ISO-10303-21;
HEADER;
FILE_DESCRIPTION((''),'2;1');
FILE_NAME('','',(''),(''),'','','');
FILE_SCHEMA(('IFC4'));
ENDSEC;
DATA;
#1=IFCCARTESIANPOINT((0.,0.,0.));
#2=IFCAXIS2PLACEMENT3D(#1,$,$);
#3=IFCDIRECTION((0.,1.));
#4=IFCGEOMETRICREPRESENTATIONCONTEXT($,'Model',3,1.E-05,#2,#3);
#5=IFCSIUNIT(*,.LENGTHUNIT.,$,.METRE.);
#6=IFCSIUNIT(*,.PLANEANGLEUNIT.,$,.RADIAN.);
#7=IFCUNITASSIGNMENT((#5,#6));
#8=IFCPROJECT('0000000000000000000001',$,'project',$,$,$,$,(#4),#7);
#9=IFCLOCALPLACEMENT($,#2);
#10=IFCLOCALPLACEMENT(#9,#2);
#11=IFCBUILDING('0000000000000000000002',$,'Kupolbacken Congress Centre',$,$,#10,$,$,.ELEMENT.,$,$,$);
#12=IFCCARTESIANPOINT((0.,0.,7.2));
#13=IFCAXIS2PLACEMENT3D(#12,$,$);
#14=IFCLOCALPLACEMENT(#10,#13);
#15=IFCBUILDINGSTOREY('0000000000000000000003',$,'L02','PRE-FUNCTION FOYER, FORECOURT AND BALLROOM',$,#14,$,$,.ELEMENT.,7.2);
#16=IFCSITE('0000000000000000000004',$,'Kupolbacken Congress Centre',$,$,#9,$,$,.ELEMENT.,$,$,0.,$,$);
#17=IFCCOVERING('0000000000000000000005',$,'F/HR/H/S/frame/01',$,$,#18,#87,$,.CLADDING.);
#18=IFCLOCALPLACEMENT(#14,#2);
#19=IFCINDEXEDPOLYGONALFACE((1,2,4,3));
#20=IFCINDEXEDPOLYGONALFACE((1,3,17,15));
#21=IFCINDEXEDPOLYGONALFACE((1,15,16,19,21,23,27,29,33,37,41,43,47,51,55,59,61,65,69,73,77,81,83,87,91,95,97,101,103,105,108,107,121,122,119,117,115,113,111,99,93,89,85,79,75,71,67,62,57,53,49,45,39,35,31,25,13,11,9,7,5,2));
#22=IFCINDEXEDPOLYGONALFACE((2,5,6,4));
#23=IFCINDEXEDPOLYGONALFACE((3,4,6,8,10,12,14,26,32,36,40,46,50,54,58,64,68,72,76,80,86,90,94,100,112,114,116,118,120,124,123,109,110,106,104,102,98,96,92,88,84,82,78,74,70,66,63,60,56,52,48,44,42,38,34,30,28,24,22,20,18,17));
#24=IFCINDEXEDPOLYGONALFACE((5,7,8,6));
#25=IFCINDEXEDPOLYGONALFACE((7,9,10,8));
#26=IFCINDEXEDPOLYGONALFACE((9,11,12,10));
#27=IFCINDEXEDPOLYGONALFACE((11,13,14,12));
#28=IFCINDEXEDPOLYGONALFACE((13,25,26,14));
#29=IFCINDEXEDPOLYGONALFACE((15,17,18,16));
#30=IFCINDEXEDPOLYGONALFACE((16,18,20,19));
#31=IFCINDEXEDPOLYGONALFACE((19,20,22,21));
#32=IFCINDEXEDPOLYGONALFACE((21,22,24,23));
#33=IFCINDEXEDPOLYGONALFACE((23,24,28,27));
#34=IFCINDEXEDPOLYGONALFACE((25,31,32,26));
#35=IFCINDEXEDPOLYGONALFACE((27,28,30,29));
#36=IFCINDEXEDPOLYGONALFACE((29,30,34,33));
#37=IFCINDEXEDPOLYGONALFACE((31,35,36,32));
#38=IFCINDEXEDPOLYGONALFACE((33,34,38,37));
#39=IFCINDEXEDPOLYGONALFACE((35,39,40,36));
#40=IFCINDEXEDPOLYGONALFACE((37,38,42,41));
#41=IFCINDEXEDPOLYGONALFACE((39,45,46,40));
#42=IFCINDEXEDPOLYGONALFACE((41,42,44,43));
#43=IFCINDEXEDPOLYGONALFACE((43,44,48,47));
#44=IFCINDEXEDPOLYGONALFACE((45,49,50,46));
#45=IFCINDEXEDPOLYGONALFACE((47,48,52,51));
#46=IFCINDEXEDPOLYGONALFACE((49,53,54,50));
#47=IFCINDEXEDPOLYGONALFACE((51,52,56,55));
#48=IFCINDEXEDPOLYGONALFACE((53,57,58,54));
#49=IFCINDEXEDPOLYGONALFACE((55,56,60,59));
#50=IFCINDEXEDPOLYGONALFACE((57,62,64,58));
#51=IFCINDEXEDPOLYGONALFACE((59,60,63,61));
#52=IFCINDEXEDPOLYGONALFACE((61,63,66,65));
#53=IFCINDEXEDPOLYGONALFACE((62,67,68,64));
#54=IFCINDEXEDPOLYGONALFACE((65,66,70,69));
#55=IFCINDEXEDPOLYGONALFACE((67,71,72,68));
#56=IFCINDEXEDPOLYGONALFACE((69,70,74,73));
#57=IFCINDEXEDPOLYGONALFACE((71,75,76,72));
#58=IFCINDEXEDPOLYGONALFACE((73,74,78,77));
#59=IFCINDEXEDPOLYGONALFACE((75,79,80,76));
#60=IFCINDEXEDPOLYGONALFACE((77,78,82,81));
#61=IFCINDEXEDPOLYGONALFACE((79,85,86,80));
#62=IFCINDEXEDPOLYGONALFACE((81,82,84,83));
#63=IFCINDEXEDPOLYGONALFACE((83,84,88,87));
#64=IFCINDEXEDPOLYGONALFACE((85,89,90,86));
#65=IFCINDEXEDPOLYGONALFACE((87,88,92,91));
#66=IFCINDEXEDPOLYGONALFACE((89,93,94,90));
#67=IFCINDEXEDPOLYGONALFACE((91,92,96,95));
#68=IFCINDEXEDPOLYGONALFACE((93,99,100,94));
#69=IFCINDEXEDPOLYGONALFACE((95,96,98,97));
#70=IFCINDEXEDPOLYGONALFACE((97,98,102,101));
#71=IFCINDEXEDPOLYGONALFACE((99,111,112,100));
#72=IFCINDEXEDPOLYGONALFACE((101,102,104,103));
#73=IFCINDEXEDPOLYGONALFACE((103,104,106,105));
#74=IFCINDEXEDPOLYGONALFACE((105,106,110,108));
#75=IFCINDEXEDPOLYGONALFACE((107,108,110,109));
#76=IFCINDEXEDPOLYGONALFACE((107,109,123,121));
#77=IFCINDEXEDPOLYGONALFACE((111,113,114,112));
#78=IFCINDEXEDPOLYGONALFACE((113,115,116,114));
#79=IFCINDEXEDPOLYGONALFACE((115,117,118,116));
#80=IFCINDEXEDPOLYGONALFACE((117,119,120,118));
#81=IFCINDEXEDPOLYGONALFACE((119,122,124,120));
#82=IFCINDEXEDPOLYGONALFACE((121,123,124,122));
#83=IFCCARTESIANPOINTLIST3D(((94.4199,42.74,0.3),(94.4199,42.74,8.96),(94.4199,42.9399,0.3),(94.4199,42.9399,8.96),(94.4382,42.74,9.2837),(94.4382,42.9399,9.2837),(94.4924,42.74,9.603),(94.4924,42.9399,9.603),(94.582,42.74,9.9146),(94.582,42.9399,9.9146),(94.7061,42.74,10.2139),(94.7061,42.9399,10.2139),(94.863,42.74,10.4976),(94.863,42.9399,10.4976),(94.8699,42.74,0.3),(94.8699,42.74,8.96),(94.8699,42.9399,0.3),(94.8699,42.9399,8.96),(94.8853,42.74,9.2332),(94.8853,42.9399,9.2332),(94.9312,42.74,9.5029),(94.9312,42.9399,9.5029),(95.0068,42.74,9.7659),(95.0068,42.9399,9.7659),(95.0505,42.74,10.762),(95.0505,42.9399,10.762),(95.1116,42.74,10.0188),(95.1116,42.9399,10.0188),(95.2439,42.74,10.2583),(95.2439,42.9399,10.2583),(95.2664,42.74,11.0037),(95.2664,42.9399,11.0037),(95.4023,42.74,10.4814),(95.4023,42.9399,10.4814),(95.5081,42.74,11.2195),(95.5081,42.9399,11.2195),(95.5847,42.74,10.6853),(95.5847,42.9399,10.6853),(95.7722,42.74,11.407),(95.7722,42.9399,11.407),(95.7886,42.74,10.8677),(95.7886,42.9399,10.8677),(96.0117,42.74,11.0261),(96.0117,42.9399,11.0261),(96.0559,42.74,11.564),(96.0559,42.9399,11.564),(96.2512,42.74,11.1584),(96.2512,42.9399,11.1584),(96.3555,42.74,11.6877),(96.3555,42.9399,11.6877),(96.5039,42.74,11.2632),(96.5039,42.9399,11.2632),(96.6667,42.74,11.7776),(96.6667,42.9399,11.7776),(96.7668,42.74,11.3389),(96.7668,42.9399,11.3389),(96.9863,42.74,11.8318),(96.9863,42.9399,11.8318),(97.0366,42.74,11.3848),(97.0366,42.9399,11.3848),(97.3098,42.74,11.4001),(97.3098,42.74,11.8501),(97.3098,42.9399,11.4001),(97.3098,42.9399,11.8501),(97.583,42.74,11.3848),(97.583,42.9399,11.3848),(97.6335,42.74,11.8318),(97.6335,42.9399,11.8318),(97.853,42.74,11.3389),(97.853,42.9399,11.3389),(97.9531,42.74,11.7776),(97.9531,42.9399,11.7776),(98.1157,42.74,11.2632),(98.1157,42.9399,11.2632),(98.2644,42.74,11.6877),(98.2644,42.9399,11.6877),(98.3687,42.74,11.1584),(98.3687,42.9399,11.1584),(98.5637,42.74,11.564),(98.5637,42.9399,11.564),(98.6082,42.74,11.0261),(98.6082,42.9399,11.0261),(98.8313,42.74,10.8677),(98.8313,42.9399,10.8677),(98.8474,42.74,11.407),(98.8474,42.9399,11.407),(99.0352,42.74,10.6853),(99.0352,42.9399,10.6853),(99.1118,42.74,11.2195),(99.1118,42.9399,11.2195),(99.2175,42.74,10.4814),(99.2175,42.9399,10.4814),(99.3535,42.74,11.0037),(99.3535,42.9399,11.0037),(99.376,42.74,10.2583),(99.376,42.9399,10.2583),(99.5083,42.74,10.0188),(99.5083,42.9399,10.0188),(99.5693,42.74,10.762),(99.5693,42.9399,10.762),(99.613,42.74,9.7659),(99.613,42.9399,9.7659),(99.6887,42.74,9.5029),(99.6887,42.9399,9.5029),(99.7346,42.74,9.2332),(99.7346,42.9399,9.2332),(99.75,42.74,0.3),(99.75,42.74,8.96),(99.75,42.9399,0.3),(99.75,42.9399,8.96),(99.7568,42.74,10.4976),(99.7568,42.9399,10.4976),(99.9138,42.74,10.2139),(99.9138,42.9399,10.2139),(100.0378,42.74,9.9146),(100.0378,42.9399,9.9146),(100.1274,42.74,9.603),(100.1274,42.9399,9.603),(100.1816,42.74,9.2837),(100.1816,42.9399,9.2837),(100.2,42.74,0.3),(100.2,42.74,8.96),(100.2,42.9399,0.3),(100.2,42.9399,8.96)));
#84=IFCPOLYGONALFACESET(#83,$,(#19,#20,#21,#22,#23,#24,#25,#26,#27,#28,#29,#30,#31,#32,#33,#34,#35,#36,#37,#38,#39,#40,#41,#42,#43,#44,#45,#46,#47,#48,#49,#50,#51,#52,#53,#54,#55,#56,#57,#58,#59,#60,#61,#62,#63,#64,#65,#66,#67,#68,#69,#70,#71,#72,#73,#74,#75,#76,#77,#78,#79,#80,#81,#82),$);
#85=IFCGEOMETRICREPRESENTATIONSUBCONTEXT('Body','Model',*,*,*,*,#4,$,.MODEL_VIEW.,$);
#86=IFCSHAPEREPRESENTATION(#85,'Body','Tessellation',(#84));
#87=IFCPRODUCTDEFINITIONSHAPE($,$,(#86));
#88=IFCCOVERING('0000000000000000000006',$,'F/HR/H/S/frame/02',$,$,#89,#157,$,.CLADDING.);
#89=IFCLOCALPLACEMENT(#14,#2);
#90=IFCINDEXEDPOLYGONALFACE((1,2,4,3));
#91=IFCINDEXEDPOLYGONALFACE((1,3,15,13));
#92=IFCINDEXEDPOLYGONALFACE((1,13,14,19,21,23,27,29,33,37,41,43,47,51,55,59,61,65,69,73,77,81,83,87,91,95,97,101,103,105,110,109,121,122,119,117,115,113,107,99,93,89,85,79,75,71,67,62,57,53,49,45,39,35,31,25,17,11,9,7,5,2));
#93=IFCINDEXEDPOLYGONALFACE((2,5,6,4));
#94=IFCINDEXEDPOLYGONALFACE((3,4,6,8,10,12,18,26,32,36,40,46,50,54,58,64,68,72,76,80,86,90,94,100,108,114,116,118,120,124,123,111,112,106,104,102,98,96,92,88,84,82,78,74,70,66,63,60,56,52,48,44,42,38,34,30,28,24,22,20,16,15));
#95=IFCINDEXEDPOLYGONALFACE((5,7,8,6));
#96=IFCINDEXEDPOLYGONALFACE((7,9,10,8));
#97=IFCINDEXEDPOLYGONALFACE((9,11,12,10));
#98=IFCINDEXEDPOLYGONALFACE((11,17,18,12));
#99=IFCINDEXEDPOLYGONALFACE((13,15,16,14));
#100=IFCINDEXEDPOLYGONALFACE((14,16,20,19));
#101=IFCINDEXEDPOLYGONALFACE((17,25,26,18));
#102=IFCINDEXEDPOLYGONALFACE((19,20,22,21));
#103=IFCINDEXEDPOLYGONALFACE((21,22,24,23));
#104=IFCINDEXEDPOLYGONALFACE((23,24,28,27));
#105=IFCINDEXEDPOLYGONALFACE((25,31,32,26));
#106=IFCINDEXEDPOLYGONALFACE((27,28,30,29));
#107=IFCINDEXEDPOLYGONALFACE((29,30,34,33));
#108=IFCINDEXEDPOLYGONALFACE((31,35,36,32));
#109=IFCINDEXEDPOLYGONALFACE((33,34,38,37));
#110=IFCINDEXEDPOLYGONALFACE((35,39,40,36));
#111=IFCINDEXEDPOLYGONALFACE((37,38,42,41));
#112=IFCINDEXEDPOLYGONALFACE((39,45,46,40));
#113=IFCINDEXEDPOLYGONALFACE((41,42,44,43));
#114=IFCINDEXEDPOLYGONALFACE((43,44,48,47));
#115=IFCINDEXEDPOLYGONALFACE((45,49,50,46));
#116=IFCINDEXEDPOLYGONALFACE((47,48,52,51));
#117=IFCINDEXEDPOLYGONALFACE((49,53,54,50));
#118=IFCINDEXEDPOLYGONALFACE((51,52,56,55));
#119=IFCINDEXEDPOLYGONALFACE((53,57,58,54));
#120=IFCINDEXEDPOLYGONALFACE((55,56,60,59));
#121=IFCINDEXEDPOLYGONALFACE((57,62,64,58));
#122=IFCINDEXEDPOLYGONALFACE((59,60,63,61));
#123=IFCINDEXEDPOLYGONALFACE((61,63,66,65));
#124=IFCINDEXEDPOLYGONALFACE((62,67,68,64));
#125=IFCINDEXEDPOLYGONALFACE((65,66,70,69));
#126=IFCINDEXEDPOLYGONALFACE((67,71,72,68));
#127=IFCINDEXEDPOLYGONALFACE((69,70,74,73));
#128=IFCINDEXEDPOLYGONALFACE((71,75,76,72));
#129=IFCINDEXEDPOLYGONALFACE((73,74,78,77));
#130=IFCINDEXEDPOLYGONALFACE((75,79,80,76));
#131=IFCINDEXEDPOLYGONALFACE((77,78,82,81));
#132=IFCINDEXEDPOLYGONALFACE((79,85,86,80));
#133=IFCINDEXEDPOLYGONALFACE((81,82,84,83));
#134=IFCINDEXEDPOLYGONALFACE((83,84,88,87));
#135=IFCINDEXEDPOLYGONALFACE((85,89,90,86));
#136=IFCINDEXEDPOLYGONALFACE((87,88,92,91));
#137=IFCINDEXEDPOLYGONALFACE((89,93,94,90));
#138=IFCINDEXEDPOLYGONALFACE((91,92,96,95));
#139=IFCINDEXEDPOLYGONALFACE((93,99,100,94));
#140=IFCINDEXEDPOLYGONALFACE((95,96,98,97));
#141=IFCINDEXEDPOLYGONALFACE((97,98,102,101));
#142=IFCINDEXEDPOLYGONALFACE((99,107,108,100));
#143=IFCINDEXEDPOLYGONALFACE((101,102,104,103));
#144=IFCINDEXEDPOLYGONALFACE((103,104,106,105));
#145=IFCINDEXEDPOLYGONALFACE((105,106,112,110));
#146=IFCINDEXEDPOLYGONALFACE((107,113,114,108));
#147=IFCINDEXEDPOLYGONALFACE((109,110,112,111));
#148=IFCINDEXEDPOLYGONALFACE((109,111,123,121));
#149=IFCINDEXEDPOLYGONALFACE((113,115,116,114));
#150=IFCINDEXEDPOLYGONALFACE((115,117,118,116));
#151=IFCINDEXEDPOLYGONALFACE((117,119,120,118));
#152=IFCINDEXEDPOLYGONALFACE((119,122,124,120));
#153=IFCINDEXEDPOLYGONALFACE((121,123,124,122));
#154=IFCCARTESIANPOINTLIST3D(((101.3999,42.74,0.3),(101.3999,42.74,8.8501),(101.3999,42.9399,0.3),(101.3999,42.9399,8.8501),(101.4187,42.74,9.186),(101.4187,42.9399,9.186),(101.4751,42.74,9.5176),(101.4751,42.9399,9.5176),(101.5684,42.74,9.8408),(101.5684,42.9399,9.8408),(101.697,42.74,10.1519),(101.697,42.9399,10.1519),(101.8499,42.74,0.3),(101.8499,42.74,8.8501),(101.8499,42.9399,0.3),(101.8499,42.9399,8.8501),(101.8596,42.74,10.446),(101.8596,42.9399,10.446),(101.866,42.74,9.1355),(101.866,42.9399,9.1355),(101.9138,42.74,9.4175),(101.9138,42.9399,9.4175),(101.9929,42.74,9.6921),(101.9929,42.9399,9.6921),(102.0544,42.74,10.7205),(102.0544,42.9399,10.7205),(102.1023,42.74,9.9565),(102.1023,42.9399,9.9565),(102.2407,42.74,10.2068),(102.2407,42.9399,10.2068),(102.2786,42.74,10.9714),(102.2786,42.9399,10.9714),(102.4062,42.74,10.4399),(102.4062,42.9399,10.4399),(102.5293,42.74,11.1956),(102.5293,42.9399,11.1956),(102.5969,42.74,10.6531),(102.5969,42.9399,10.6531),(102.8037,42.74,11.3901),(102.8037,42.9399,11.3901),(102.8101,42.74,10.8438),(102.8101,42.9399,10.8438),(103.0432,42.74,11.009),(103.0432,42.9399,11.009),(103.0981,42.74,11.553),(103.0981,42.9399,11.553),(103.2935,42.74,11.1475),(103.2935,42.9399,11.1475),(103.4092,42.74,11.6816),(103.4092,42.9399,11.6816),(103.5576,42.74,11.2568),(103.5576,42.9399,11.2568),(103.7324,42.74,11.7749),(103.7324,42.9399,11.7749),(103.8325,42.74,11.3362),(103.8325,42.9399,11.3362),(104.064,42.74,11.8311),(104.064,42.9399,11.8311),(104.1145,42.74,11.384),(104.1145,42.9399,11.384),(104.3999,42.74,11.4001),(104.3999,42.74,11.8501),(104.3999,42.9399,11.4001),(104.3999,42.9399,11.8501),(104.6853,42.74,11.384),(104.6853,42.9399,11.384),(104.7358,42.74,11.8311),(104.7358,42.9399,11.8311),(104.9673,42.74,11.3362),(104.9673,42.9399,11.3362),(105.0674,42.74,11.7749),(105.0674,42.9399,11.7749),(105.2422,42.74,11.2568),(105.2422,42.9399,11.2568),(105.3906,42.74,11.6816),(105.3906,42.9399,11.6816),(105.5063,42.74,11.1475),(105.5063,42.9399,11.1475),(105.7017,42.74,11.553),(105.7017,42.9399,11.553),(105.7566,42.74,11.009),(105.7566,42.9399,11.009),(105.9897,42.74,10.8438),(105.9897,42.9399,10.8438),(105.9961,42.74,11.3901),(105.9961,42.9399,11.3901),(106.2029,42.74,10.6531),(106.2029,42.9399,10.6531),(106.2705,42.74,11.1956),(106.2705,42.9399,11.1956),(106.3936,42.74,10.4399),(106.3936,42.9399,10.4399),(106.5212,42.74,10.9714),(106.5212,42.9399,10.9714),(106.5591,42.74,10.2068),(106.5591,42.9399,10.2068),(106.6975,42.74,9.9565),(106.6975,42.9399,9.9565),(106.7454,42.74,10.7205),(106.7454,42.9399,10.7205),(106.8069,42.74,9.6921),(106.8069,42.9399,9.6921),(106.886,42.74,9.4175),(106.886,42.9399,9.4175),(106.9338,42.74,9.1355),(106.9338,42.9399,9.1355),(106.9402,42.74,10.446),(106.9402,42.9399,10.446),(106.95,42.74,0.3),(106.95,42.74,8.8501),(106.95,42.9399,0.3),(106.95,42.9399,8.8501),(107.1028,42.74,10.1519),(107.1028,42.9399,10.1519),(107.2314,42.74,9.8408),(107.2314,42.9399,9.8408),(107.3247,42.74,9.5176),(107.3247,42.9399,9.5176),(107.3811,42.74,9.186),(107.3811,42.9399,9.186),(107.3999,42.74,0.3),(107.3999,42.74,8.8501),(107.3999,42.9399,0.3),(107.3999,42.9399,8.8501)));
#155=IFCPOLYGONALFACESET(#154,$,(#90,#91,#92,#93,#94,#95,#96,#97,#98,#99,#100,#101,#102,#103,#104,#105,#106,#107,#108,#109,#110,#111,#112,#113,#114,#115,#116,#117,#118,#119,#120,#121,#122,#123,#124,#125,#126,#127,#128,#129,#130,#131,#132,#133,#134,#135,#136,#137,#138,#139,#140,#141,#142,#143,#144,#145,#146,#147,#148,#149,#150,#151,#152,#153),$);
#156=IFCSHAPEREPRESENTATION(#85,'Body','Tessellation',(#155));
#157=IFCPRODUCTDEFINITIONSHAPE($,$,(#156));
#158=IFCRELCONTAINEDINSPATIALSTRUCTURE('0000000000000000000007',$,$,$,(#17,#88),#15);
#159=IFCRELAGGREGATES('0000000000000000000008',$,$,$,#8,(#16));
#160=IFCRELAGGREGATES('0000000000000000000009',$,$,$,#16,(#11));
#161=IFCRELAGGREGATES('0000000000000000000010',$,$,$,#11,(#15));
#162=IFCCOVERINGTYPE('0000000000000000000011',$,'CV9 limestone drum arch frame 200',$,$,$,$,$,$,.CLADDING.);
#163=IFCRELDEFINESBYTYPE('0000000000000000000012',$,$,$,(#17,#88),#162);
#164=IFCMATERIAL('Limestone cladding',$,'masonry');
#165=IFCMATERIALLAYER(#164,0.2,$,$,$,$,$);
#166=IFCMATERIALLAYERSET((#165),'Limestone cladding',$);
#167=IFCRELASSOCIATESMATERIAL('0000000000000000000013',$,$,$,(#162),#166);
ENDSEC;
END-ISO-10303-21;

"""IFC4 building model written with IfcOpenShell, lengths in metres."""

from ifc_helpers import new_model, si_unit, direction, frame, origin, place, context, subcontext, project, spatial, polyline, outline, extrude, material, layer, layer_set, type_object, element, save


model = new_model("IFC4")

# Units and contexts
model_context = context("Model", 3, precision=1e-05, world=origin(), true_north=direction((0.0, 1.0)))
body_context = subcontext(model_context, "Body", "Model", "MODEL_VIEW")
ifc_project = project(units=[si_unit("LENGTHUNIT", "METRE"), si_unit("PLANEANGLEUNIT", "RADIAN")], contexts=[model_context])

# Site, building, storey
site_placement = place(None, origin())
site = spatial("IfcSite", under=ifc_project, at=site_placement, Name="Kupolbacken Congress Centre", CompositionType="ELEMENT", RefElevation=0.0)
building_placement = place(site_placement, origin())
building = spatial("IfcBuilding", under=site, at=building_placement, Name="Kupolbacken Congress Centre", CompositionType="ELEMENT")
storey_placement = place(building_placement, frame((0.0, 0.0, 7.2)))
storey = spatial("IfcBuildingStorey", under=building, at=storey_placement, Name="L02", Description="PRE-FUNCTION FOYER, FORECOURT AND BALLROOM", CompositionType="ELEMENT", Elevation=7.2)

# Coverings
ifc_material_1 = material(Name="Limestone cladding", Category="masonry")
ifc_layer_1 = layer(ifc_material_1, 0.2)
ifc_layer_set_1 = layer_set([ifc_layer_1], Name="Limestone cladding")
covering_type_1 = type_object("IfcCoveringType", Name="CV9 limestone drum arch frame 200", PredefinedType="CLADDING", material=ifc_layer_set_1)
covering_1_placement = place(storey_placement, frame((94.4199, 42.9399, 0.3), z_axis=(0.0, -1.0, 0.0), x_axis=(1.0, 0.0, 0.0)))
element("IfcCovering", 1, at=covering_1_placement, inside=storey, type_object=covering_type_1, Name="F/HR/H/S/frame/01", PredefinedType="CLADDING", context=body_context, shape_type="SweptSolid", body=[
    extrude(outline(polyline([(0.0, 0.0), (0.0, 8.6599), (0.0183, 8.9836), (0.0725, 9.303), (0.1621, 9.6145), (0.2861, 9.9138), (0.4431, 10.1975), (0.6306, 10.4619), (0.8464, 10.7036), (1.0881, 10.9194), (1.3523, 11.1069), (1.636, 11.2639), (1.9355, 11.3877), (2.2468, 11.4775), (2.5664, 11.5317), (2.8899, 11.55), (3.2136, 11.5317), (3.5332, 11.4775), (3.8445, 11.3877), (4.1438, 11.2639), (4.4275, 11.1069), (4.6919, 10.9194), (4.9336, 10.7036), (5.1494, 10.4619), (5.3369, 10.1975), (5.4939, 9.9138), (5.6179, 9.6145), (5.7075, 9.303), (5.7617, 8.9836), (5.78, 8.6599), (5.78, 0.0), (5.3301, 0.0), (5.3301, 8.6599), (5.3147, 8.9331), (5.2688, 9.2029), (5.1931, 9.4658), (5.0884, 9.7188), (4.9561, 9.9583), (4.7976, 10.1814), (4.6152, 10.3853), (4.4114, 10.5676), (4.1882, 10.7261), (3.9487, 10.8584), (3.6958, 10.9631), (3.4331, 11.0388), (3.1631, 11.0847), (2.8899, 11.1001), (2.6167, 11.0847), (2.3469, 11.0388), (2.084, 10.9631), (1.8313, 10.8584), (1.5918, 10.7261), (1.3687, 10.5676), (1.1648, 10.3853), (0.9824, 10.1814), (0.824, 9.9583), (0.6917, 9.7188), (0.5869, 9.4658), (0.5112, 9.2029), (0.4653, 8.9331), (0.45, 8.6599), (0.45, 0.0), (0.0, 0.0)])), origin(), (0.0, 0.0, 1.0), 0.2),
])
covering_2_placement = place(storey_placement, frame((101.3999, 42.9399, 0.3), z_axis=(0.0, -1.0, 0.0), x_axis=(1.0, 0.0, 0.0)))
element("IfcCovering", 2, at=covering_2_placement, inside=storey, type_object=covering_type_1, Name="F/HR/H/S/frame/02", PredefinedType="CLADDING", context=body_context, shape_type="SweptSolid", body=[
    extrude(outline(polyline([(0.0, 0.0), (0.0, 8.55), (0.0188, 8.886), (0.0752, 9.2175), (0.1685, 9.5408), (0.2971, 9.8518), (0.4597, 10.146), (0.6545, 10.4204), (0.8787, 10.6714), (1.1294, 10.8955), (1.4038, 11.0901), (1.6982, 11.2529), (2.0093, 11.3816), (2.3325, 11.4749), (2.6641, 11.531), (3.0, 11.55), (3.3359, 11.531), (3.6675, 11.4749), (3.9907, 11.3816), (4.3018, 11.2529), (4.5962, 11.0901), (4.8706, 10.8955), (5.1213, 10.6714), (5.3455, 10.4204), (5.5403, 10.146), (5.7029, 9.8518), (5.8315, 9.5408), (5.9248, 9.2175), (5.9812, 8.886), (6.0, 8.55), (6.0, 0.0), (5.55, 0.0), (5.55, 8.55), (5.5339, 8.8354), (5.4861, 9.1174), (5.407, 9.3921), (5.2976, 9.6565), (5.1592, 9.9067), (4.9937, 10.1399), (4.803, 10.353), (4.5898, 10.5437), (4.3567, 10.709), (4.1064, 10.8474), (3.8423, 10.9568), (3.5674, 11.0361), (3.2854, 11.084), (3.0, 11.1001), (2.7146, 11.084), (2.4326, 11.0361), (2.1577, 10.9568), (1.8936, 10.8474), (1.6433, 10.709), (1.4102, 10.5437), (1.197, 10.353), (1.0063, 10.1399), (0.8408, 9.9067), (0.7024, 9.6565), (0.593, 9.3921), (0.5139, 9.1174), (0.4661, 8.8354), (0.45, 8.55), (0.45, 0.0), (0.0, 0.0)])), origin(), (0.0, 0.0, 1.0), 0.2),
])

save(model, "model.ifc")
